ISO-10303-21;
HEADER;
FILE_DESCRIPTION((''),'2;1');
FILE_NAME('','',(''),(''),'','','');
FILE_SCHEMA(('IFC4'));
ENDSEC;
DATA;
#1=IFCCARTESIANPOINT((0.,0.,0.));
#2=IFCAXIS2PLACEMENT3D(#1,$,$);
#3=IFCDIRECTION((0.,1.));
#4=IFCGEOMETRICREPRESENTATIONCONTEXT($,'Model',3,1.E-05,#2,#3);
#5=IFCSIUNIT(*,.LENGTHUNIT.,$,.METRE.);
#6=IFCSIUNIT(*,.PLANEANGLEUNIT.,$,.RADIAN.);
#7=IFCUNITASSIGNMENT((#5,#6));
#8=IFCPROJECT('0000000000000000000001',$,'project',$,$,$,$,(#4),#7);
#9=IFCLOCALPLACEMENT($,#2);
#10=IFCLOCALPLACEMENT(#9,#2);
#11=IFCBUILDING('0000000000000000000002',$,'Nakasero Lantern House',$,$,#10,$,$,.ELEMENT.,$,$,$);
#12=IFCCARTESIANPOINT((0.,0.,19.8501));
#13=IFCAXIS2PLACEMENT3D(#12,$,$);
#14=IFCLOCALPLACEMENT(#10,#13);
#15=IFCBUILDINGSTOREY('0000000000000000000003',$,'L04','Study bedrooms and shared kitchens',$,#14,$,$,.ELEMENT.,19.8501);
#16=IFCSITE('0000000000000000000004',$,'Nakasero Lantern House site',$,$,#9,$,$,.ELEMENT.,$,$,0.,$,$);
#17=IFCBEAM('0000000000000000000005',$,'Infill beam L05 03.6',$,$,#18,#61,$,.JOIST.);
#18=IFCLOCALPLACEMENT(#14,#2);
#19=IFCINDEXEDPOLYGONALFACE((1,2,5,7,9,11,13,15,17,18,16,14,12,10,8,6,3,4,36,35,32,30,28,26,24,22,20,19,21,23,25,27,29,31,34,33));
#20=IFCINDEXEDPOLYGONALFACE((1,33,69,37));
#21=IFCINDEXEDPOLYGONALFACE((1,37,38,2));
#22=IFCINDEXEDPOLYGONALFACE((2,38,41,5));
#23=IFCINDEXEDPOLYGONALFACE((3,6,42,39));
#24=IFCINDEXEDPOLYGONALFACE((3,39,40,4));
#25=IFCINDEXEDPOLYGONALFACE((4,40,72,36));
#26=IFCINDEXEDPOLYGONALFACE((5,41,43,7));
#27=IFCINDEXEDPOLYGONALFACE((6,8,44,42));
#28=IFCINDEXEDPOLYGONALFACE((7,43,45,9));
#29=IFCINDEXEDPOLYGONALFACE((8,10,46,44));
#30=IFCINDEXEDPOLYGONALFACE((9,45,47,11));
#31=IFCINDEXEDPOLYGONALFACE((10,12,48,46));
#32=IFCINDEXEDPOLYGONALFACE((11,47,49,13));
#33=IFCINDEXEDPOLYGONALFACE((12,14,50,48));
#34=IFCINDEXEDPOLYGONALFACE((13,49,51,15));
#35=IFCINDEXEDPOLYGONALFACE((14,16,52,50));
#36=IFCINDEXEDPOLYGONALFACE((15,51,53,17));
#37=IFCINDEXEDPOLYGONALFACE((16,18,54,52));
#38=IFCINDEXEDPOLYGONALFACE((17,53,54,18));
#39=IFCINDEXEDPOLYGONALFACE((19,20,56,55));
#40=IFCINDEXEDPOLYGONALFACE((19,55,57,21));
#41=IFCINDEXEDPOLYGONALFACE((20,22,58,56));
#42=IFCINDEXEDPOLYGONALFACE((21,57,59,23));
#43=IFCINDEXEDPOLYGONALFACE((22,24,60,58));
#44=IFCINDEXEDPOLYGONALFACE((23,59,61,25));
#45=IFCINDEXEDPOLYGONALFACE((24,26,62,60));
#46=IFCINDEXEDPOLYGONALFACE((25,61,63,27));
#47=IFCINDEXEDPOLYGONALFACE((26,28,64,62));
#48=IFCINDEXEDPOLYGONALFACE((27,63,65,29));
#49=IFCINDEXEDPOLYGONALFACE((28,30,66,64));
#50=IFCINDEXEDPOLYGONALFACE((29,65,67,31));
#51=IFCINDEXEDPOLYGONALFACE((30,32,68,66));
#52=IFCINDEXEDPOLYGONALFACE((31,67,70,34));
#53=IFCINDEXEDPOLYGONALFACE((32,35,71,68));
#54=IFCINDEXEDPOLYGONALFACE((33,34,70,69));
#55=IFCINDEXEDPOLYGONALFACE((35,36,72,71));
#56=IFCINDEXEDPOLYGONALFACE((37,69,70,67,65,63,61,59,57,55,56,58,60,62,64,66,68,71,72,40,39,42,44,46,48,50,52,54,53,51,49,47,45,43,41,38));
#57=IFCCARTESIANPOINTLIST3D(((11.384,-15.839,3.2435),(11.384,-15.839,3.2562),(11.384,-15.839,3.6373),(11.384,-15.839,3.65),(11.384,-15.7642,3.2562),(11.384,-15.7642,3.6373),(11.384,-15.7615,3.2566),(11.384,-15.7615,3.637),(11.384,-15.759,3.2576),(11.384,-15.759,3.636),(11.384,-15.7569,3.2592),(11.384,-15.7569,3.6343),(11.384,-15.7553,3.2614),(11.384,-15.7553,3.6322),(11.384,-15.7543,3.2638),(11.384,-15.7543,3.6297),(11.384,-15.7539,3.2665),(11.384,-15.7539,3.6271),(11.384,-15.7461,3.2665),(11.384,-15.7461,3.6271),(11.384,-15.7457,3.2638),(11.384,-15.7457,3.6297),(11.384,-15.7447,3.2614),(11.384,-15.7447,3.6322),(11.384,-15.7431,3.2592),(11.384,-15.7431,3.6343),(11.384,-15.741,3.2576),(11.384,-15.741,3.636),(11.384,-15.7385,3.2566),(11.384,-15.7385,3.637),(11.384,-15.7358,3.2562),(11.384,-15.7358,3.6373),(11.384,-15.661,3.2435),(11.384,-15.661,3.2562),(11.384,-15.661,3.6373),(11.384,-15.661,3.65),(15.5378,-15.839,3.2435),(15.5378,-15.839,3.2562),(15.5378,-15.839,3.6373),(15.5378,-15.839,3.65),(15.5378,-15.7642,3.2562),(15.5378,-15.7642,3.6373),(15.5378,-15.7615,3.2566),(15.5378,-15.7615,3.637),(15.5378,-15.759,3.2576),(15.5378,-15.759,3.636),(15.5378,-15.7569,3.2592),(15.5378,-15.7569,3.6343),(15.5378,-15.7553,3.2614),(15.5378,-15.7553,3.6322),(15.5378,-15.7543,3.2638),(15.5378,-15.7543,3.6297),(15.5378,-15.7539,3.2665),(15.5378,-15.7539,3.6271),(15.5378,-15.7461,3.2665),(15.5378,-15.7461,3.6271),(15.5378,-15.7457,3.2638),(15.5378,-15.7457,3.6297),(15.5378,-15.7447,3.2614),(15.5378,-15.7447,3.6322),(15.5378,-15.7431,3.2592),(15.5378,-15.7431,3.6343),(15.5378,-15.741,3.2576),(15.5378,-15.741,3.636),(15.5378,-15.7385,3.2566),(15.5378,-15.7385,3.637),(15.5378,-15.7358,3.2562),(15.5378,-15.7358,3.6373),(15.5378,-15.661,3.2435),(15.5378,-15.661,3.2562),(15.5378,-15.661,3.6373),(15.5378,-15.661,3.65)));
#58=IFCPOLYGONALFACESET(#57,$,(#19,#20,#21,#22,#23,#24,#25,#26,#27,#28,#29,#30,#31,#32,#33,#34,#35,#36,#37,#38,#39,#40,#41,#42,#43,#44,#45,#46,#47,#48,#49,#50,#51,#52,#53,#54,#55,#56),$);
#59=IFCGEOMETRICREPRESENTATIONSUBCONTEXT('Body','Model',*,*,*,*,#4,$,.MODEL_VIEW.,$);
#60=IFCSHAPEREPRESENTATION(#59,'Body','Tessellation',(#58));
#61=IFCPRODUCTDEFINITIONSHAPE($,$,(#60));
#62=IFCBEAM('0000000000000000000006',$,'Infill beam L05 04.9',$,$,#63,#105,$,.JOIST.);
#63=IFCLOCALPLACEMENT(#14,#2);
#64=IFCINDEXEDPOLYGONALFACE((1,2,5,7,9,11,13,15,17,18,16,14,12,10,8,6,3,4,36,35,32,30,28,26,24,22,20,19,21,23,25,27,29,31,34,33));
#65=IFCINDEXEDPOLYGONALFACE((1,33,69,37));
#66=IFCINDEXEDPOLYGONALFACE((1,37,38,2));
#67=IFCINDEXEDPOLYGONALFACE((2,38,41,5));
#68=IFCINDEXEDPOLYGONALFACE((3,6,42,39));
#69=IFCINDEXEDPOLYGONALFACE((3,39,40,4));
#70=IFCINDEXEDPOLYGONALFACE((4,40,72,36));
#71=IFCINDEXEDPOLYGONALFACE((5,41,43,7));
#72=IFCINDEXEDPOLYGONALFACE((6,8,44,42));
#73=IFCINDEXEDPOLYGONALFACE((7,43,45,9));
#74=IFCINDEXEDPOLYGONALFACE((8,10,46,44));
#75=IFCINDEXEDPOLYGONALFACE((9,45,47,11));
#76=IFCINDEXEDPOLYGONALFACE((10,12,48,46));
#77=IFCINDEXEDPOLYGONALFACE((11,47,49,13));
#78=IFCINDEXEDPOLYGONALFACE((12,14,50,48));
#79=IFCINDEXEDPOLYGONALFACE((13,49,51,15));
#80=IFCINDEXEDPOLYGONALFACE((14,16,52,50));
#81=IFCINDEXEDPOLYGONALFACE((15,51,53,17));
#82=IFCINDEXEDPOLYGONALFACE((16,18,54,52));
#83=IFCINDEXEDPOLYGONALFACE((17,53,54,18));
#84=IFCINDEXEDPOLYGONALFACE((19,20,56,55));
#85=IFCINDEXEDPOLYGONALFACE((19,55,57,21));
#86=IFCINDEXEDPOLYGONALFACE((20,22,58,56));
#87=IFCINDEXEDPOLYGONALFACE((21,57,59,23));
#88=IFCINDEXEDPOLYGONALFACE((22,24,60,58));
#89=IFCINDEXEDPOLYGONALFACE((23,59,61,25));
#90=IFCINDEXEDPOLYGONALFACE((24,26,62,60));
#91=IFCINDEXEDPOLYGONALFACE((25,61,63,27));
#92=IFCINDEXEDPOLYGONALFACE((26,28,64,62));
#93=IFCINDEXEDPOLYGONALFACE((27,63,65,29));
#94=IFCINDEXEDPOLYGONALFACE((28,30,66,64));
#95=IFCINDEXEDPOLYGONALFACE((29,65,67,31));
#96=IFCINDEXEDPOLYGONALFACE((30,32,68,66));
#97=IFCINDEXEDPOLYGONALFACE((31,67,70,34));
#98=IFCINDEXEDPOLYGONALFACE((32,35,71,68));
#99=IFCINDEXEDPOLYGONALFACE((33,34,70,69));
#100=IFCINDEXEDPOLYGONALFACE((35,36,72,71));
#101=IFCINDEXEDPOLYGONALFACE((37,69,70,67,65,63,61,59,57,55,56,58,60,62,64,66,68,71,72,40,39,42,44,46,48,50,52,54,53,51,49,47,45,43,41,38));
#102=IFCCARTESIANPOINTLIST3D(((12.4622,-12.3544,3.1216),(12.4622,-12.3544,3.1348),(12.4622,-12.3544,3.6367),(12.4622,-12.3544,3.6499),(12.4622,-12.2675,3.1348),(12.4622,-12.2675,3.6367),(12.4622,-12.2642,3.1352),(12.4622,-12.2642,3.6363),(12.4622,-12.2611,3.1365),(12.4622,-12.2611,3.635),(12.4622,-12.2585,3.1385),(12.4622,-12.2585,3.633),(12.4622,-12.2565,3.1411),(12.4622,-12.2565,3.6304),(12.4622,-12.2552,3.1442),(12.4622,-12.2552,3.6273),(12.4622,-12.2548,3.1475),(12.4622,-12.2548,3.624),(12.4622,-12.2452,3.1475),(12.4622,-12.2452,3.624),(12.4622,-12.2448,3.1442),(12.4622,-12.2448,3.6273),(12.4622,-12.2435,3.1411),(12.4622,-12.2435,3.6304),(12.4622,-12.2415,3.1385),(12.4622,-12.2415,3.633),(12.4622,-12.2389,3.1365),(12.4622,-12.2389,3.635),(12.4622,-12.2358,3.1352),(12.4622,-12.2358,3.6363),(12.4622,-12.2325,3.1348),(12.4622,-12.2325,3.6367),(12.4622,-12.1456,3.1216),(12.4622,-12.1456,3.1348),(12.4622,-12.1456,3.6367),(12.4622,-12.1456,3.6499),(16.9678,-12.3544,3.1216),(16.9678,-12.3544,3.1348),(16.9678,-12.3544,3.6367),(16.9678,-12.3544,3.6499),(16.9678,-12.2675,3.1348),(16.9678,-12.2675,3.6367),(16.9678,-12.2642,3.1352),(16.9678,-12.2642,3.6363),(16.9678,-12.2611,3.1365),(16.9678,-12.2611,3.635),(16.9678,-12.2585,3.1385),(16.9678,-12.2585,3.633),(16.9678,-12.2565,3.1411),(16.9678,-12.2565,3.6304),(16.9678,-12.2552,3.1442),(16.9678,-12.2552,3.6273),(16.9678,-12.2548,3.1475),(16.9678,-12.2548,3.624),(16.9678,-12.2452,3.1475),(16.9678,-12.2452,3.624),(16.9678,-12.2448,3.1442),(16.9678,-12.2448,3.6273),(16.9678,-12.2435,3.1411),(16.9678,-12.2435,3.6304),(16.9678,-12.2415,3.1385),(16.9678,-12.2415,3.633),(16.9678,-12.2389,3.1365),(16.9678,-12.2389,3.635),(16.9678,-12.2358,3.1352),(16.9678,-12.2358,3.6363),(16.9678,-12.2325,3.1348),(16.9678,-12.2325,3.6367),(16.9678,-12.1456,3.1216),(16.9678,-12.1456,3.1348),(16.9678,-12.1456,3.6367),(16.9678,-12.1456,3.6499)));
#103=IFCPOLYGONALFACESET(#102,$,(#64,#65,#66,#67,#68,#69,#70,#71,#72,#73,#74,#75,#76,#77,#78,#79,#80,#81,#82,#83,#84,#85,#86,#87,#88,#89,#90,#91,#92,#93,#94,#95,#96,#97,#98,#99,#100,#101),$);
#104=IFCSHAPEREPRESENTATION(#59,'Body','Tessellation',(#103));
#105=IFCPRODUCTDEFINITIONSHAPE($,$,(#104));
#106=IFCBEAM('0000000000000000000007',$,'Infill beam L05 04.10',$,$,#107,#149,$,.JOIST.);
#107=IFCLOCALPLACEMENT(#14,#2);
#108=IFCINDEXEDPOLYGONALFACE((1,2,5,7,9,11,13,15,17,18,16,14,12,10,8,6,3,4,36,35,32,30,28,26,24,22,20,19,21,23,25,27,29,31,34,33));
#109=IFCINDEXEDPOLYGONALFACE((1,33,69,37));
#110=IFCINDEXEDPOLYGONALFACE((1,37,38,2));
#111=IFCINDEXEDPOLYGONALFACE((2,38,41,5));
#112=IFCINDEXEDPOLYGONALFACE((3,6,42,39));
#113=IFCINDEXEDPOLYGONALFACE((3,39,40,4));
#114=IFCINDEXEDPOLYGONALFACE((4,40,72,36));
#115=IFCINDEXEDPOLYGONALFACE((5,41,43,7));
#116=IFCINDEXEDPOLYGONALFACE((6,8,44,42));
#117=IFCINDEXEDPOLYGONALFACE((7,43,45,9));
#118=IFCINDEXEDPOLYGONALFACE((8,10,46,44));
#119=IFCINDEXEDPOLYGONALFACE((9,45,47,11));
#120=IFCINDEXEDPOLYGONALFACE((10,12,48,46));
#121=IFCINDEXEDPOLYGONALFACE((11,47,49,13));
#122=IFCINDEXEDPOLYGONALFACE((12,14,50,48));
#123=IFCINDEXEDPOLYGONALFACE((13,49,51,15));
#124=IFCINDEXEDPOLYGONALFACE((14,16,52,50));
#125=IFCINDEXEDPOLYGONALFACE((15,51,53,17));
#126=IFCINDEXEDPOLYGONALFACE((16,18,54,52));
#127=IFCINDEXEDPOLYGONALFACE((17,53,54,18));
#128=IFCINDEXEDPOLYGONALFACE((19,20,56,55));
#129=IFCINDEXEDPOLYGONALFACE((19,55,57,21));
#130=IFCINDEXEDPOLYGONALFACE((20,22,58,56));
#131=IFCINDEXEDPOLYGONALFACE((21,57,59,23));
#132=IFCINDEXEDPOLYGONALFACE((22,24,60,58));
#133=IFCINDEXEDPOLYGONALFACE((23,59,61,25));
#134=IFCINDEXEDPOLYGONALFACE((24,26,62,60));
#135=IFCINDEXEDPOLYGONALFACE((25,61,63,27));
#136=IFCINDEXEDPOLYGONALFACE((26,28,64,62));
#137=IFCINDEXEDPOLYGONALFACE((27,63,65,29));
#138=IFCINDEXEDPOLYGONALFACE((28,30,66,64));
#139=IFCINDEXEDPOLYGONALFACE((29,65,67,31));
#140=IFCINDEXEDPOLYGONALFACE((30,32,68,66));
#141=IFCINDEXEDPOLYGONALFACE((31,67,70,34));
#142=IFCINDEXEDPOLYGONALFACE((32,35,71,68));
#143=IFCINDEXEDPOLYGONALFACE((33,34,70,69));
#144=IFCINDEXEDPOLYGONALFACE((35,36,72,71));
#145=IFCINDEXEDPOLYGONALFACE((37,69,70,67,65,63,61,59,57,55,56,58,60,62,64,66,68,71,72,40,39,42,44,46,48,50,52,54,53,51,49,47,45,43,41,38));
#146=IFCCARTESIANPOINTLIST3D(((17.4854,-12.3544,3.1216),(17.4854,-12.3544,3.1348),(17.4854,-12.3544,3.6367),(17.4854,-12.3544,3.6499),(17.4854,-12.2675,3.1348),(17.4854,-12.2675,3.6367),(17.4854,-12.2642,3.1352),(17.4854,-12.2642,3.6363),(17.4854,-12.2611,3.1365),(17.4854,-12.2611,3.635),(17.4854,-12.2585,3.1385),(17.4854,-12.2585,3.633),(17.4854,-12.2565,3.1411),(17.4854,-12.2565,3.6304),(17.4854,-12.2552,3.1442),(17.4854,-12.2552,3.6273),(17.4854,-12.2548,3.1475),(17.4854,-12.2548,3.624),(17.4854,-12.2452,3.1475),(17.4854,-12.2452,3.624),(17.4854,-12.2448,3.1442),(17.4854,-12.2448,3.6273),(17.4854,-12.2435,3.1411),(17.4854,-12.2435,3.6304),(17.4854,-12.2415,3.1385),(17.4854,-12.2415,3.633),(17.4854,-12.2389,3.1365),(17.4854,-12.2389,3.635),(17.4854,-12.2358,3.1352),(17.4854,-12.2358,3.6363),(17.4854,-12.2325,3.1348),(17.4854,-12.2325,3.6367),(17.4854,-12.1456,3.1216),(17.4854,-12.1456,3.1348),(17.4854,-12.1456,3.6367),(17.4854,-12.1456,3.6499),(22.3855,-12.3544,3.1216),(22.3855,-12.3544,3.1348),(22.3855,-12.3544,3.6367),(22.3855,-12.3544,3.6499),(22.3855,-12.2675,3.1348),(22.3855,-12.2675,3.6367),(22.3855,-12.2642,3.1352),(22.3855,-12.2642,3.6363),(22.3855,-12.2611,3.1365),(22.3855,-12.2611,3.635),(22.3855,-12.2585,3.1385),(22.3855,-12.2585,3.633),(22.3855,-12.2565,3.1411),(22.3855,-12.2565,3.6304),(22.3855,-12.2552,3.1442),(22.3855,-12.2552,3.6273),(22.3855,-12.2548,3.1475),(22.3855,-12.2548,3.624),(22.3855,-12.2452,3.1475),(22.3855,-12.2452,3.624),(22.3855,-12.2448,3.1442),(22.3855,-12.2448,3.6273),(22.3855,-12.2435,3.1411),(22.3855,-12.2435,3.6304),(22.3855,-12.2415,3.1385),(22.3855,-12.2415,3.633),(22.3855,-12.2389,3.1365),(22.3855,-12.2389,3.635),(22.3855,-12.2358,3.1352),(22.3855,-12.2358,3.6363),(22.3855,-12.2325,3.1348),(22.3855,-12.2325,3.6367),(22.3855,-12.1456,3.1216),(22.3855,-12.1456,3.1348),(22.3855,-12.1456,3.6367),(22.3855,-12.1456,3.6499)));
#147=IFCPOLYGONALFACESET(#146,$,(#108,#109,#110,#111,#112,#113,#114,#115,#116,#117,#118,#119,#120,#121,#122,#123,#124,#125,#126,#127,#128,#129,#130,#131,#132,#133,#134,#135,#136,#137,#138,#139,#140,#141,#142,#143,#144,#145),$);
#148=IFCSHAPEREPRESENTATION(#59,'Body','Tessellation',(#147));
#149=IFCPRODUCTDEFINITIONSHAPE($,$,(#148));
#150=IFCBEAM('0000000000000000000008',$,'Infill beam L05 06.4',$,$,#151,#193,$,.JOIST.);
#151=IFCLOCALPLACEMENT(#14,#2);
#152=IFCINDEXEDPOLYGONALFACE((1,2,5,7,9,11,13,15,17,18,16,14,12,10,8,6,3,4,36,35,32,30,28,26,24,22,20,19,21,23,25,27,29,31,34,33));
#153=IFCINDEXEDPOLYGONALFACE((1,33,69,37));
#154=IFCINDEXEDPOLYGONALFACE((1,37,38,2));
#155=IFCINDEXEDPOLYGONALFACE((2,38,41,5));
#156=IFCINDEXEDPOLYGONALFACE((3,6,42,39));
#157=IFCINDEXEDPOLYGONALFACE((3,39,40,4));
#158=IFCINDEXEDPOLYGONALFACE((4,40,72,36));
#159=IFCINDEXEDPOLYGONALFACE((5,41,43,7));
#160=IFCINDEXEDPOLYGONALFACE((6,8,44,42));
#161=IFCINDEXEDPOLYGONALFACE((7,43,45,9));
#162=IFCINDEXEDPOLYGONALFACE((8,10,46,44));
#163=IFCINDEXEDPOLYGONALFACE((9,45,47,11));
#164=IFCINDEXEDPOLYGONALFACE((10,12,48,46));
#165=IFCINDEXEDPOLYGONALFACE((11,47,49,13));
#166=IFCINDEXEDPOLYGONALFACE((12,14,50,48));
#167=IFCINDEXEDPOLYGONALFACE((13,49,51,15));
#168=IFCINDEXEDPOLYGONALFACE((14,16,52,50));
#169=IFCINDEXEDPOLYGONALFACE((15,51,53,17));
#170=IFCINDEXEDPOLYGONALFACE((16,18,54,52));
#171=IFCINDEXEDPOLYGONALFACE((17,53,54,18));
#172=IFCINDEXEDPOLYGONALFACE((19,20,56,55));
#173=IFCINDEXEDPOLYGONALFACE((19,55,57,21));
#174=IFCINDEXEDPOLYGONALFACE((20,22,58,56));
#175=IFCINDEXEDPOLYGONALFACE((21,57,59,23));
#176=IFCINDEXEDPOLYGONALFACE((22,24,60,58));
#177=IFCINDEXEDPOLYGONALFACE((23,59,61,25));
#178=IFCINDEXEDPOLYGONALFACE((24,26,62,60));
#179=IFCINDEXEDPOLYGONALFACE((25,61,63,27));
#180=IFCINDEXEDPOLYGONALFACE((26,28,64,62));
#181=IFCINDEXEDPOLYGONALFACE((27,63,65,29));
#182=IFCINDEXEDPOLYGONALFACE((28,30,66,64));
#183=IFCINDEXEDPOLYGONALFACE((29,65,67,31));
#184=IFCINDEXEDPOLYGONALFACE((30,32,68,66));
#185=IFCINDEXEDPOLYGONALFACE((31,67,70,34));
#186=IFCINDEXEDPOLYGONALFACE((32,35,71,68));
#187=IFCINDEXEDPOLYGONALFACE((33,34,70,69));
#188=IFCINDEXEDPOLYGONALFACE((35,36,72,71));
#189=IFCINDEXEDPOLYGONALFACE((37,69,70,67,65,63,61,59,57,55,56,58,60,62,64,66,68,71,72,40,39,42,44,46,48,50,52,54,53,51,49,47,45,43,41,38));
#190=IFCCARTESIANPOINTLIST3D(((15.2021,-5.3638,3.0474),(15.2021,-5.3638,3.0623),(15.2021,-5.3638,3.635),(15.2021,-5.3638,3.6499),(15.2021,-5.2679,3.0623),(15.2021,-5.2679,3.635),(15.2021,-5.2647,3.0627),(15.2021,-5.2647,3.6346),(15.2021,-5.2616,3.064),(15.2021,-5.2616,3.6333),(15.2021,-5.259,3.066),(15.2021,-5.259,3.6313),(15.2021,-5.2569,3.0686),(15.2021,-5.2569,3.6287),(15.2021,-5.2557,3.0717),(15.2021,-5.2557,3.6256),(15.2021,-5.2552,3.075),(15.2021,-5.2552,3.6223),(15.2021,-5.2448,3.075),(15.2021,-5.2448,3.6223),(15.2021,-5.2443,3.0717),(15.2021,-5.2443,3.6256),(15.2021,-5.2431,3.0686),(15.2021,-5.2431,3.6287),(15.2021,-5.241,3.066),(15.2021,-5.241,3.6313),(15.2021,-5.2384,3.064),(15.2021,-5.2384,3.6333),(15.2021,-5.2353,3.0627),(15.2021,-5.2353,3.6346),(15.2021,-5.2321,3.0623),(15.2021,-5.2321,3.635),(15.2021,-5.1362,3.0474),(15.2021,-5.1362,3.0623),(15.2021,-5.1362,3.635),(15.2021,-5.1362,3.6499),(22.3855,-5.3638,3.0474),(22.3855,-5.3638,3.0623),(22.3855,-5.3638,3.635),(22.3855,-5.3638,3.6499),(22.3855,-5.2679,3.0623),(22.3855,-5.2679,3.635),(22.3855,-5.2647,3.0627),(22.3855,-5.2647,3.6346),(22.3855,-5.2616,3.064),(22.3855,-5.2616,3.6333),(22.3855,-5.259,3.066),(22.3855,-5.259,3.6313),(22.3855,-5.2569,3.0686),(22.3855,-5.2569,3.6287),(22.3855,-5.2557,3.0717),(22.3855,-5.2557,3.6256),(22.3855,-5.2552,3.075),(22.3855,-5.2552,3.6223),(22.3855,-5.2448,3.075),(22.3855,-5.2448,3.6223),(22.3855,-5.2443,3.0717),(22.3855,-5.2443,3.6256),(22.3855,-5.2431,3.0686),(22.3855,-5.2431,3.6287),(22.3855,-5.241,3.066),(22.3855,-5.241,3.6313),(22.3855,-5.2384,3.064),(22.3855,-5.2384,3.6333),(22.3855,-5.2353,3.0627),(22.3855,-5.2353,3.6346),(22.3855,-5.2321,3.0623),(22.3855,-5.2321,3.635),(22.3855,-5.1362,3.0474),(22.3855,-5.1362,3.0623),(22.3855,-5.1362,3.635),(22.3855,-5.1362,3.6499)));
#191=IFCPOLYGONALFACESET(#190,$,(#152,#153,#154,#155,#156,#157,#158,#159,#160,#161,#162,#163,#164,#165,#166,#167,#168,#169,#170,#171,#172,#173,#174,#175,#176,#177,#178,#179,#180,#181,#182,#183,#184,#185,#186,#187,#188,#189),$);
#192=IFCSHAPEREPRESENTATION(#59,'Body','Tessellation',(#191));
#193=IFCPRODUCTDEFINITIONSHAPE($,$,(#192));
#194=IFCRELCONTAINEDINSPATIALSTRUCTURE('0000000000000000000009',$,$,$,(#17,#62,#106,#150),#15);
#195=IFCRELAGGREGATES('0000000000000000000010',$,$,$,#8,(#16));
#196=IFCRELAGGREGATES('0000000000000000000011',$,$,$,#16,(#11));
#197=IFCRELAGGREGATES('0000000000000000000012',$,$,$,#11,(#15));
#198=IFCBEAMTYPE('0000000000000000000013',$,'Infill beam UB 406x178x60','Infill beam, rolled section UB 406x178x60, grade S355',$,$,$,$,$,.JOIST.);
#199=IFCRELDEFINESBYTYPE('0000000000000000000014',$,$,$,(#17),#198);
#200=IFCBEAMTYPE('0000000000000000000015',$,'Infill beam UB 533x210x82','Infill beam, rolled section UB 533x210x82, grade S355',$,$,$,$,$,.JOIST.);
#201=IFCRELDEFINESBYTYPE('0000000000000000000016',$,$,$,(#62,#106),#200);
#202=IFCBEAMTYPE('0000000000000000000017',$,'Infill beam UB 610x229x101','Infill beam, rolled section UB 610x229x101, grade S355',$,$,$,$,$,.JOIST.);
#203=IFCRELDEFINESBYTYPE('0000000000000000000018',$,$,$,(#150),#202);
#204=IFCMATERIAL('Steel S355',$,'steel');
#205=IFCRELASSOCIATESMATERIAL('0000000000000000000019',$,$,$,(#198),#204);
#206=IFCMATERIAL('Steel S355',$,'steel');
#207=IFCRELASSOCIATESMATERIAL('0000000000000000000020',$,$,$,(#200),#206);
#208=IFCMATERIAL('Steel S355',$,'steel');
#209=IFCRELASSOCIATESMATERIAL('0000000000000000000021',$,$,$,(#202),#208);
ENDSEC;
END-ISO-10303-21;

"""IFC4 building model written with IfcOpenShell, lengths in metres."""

from ifc_helpers import new_model, si_unit, direction, frame, origin, origin_2d, place, context, subcontext, project, spatial, i_section, extrude, material, material_profile, profile_set, type_object, element, save


model = new_model("IFC4")

# Units and contexts
model_context = context("Model", 3, precision=1e-05, world=origin(), true_north=direction((0.0, 1.0)))
body_context = subcontext(model_context, "Body", "Model", "MODEL_VIEW")
ifc_project = project(units=[si_unit("LENGTHUNIT", "METRE"), si_unit("PLANEANGLEUNIT", "RADIAN")], contexts=[model_context])

# Site, building, storey
site_placement = place(None, origin())
site = spatial("IfcSite", under=ifc_project, at=site_placement, Name="Nakasero Lantern House site", CompositionType="ELEMENT", RefElevation=0.0)
building_placement = place(site_placement, origin())
building = spatial("IfcBuilding", under=site, at=building_placement, Name="Nakasero Lantern House", CompositionType="ELEMENT")
storey_placement = place(building_placement, frame((0.0, 0.0, 19.8501)))
storey = spatial("IfcBuildingStorey", under=building, at=storey_placement, Name="L04", Description="Study bedrooms and shared kitchens", CompositionType="ELEMENT", Elevation=19.8501)

# Beams
ifc_material_1 = material(Name="Steel S355", Category="steel")
ifc_material_profile_1 = material_profile(ifc_material_1, i_section(OverallWidth=0.178, OverallDepth=0.4065, WebThickness=0.0078, FlangeThickness=0.0127, FilletRadius=0.0103, at=origin_2d()), Name="UB 406x178x60")
ifc_profile_set_1 = profile_set([ifc_material_profile_1], Name="Steel S355")
beam_type_1 = type_object("IfcBeamType", Name="Infill beam UB 406x178x60", Description="Infill beam, rolled section UB 406x178x60, grade S355", PredefinedType="JOIST", material=ifc_profile_set_1)
beam_1_placement = place(storey_placement, frame((11.384, -15.75, 3.4468), z_axis=(1.0, 0.0, 0.0), x_axis=(0.0, 1.0, 0.0)))
element("IfcBeam", 1, at=beam_1_placement, inside=storey, type_object=beam_type_1, Name="Infill beam L05 03.6", PredefinedType="JOIST", context=body_context, shape_type="SweptSolid", body=[
    extrude(i_section(OverallWidth=0.178, OverallDepth=0.4065, WebThickness=0.0078, FlangeThickness=0.0127, FilletRadius=0.0103, at=origin_2d()), origin(), (0.0, 0.0, 1.0), 4.1538),
])
ifc_material_2 = material(Name="Steel S355", Category="steel")
ifc_material_profile_2 = material_profile(ifc_material_2, i_section(OverallWidth=0.2087, OverallDepth=0.5283, WebThickness=0.0095, FlangeThickness=0.0132, FilletRadius=0.0127, at=origin_2d()), Name="UB 533x210x82")
ifc_profile_set_2 = profile_set([ifc_material_profile_2], Name="Steel S355")
beam_type_2 = type_object("IfcBeamType", Name="Infill beam UB 533x210x82", Description="Infill beam, rolled section UB 533x210x82, grade S355", PredefinedType="JOIST", material=ifc_profile_set_2)
beam_2_placement = place(storey_placement, frame((12.4622, -12.25, 3.3857), z_axis=(1.0, 0.0, 0.0), x_axis=(0.0, 1.0, 0.0)))
element("IfcBeam", 2, at=beam_2_placement, inside=storey, type_object=beam_type_2, Name="Infill beam L05 04.9", PredefinedType="JOIST", context=body_context, shape_type="SweptSolid", body=[
    extrude(i_section(OverallWidth=0.2087, OverallDepth=0.5283, WebThickness=0.0095, FlangeThickness=0.0132, FilletRadius=0.0127, at=origin_2d()), origin(), (0.0, 0.0, 1.0), 4.5056),
])
beam_3_placement = place(storey_placement, frame((17.4854, -12.25, 3.3857), z_axis=(1.0, 0.0, 0.0), x_axis=(0.0, 1.0, 0.0)))
element("IfcBeam", 3, at=beam_3_placement, inside=storey, type_object=beam_type_2, Name="Infill beam L05 04.10", PredefinedType="JOIST", context=body_context, shape_type="SweptSolid", body=[
    extrude(i_section(OverallWidth=0.2087, OverallDepth=0.5283, WebThickness=0.0095, FlangeThickness=0.0132, FilletRadius=0.0127, at=origin_2d()), origin(), (0.0, 0.0, 1.0), 4.9001),
])
ifc_material_3 = material(Name="Steel S355", Category="steel")
ifc_material_profile_3 = material_profile(ifc_material_3, i_section(OverallWidth=0.2275, OverallDepth=0.6025, WebThickness=0.0105, FlangeThickness=0.0149, FilletRadius=0.0127, at=origin_2d()), Name="UB 610x229x101")
ifc_profile_set_3 = profile_set([ifc_material_profile_3], Name="Steel S355")
beam_type_3 = type_object("IfcBeamType", Name="Infill beam UB 610x229x101", Description="Infill beam, rolled section UB 610x229x101, grade S355", PredefinedType="JOIST", material=ifc_profile_set_3)
beam_4_placement = place(storey_placement, frame((15.2021, -5.25, 3.3486), z_axis=(1.0, 0.0, 0.0), x_axis=(0.0, 1.0, 0.0)))
element("IfcBeam", 4, at=beam_4_placement, inside=storey, type_object=beam_type_3, Name="Infill beam L05 06.4", PredefinedType="JOIST", context=body_context, shape_type="SweptSolid", body=[
    extrude(i_section(OverallWidth=0.2275, OverallDepth=0.6025, WebThickness=0.0105, FlangeThickness=0.0149, FilletRadius=0.0127, at=origin_2d()), origin(), (0.0, 0.0, 1.0), 7.1833),
])

save(model, "model.ifc")
